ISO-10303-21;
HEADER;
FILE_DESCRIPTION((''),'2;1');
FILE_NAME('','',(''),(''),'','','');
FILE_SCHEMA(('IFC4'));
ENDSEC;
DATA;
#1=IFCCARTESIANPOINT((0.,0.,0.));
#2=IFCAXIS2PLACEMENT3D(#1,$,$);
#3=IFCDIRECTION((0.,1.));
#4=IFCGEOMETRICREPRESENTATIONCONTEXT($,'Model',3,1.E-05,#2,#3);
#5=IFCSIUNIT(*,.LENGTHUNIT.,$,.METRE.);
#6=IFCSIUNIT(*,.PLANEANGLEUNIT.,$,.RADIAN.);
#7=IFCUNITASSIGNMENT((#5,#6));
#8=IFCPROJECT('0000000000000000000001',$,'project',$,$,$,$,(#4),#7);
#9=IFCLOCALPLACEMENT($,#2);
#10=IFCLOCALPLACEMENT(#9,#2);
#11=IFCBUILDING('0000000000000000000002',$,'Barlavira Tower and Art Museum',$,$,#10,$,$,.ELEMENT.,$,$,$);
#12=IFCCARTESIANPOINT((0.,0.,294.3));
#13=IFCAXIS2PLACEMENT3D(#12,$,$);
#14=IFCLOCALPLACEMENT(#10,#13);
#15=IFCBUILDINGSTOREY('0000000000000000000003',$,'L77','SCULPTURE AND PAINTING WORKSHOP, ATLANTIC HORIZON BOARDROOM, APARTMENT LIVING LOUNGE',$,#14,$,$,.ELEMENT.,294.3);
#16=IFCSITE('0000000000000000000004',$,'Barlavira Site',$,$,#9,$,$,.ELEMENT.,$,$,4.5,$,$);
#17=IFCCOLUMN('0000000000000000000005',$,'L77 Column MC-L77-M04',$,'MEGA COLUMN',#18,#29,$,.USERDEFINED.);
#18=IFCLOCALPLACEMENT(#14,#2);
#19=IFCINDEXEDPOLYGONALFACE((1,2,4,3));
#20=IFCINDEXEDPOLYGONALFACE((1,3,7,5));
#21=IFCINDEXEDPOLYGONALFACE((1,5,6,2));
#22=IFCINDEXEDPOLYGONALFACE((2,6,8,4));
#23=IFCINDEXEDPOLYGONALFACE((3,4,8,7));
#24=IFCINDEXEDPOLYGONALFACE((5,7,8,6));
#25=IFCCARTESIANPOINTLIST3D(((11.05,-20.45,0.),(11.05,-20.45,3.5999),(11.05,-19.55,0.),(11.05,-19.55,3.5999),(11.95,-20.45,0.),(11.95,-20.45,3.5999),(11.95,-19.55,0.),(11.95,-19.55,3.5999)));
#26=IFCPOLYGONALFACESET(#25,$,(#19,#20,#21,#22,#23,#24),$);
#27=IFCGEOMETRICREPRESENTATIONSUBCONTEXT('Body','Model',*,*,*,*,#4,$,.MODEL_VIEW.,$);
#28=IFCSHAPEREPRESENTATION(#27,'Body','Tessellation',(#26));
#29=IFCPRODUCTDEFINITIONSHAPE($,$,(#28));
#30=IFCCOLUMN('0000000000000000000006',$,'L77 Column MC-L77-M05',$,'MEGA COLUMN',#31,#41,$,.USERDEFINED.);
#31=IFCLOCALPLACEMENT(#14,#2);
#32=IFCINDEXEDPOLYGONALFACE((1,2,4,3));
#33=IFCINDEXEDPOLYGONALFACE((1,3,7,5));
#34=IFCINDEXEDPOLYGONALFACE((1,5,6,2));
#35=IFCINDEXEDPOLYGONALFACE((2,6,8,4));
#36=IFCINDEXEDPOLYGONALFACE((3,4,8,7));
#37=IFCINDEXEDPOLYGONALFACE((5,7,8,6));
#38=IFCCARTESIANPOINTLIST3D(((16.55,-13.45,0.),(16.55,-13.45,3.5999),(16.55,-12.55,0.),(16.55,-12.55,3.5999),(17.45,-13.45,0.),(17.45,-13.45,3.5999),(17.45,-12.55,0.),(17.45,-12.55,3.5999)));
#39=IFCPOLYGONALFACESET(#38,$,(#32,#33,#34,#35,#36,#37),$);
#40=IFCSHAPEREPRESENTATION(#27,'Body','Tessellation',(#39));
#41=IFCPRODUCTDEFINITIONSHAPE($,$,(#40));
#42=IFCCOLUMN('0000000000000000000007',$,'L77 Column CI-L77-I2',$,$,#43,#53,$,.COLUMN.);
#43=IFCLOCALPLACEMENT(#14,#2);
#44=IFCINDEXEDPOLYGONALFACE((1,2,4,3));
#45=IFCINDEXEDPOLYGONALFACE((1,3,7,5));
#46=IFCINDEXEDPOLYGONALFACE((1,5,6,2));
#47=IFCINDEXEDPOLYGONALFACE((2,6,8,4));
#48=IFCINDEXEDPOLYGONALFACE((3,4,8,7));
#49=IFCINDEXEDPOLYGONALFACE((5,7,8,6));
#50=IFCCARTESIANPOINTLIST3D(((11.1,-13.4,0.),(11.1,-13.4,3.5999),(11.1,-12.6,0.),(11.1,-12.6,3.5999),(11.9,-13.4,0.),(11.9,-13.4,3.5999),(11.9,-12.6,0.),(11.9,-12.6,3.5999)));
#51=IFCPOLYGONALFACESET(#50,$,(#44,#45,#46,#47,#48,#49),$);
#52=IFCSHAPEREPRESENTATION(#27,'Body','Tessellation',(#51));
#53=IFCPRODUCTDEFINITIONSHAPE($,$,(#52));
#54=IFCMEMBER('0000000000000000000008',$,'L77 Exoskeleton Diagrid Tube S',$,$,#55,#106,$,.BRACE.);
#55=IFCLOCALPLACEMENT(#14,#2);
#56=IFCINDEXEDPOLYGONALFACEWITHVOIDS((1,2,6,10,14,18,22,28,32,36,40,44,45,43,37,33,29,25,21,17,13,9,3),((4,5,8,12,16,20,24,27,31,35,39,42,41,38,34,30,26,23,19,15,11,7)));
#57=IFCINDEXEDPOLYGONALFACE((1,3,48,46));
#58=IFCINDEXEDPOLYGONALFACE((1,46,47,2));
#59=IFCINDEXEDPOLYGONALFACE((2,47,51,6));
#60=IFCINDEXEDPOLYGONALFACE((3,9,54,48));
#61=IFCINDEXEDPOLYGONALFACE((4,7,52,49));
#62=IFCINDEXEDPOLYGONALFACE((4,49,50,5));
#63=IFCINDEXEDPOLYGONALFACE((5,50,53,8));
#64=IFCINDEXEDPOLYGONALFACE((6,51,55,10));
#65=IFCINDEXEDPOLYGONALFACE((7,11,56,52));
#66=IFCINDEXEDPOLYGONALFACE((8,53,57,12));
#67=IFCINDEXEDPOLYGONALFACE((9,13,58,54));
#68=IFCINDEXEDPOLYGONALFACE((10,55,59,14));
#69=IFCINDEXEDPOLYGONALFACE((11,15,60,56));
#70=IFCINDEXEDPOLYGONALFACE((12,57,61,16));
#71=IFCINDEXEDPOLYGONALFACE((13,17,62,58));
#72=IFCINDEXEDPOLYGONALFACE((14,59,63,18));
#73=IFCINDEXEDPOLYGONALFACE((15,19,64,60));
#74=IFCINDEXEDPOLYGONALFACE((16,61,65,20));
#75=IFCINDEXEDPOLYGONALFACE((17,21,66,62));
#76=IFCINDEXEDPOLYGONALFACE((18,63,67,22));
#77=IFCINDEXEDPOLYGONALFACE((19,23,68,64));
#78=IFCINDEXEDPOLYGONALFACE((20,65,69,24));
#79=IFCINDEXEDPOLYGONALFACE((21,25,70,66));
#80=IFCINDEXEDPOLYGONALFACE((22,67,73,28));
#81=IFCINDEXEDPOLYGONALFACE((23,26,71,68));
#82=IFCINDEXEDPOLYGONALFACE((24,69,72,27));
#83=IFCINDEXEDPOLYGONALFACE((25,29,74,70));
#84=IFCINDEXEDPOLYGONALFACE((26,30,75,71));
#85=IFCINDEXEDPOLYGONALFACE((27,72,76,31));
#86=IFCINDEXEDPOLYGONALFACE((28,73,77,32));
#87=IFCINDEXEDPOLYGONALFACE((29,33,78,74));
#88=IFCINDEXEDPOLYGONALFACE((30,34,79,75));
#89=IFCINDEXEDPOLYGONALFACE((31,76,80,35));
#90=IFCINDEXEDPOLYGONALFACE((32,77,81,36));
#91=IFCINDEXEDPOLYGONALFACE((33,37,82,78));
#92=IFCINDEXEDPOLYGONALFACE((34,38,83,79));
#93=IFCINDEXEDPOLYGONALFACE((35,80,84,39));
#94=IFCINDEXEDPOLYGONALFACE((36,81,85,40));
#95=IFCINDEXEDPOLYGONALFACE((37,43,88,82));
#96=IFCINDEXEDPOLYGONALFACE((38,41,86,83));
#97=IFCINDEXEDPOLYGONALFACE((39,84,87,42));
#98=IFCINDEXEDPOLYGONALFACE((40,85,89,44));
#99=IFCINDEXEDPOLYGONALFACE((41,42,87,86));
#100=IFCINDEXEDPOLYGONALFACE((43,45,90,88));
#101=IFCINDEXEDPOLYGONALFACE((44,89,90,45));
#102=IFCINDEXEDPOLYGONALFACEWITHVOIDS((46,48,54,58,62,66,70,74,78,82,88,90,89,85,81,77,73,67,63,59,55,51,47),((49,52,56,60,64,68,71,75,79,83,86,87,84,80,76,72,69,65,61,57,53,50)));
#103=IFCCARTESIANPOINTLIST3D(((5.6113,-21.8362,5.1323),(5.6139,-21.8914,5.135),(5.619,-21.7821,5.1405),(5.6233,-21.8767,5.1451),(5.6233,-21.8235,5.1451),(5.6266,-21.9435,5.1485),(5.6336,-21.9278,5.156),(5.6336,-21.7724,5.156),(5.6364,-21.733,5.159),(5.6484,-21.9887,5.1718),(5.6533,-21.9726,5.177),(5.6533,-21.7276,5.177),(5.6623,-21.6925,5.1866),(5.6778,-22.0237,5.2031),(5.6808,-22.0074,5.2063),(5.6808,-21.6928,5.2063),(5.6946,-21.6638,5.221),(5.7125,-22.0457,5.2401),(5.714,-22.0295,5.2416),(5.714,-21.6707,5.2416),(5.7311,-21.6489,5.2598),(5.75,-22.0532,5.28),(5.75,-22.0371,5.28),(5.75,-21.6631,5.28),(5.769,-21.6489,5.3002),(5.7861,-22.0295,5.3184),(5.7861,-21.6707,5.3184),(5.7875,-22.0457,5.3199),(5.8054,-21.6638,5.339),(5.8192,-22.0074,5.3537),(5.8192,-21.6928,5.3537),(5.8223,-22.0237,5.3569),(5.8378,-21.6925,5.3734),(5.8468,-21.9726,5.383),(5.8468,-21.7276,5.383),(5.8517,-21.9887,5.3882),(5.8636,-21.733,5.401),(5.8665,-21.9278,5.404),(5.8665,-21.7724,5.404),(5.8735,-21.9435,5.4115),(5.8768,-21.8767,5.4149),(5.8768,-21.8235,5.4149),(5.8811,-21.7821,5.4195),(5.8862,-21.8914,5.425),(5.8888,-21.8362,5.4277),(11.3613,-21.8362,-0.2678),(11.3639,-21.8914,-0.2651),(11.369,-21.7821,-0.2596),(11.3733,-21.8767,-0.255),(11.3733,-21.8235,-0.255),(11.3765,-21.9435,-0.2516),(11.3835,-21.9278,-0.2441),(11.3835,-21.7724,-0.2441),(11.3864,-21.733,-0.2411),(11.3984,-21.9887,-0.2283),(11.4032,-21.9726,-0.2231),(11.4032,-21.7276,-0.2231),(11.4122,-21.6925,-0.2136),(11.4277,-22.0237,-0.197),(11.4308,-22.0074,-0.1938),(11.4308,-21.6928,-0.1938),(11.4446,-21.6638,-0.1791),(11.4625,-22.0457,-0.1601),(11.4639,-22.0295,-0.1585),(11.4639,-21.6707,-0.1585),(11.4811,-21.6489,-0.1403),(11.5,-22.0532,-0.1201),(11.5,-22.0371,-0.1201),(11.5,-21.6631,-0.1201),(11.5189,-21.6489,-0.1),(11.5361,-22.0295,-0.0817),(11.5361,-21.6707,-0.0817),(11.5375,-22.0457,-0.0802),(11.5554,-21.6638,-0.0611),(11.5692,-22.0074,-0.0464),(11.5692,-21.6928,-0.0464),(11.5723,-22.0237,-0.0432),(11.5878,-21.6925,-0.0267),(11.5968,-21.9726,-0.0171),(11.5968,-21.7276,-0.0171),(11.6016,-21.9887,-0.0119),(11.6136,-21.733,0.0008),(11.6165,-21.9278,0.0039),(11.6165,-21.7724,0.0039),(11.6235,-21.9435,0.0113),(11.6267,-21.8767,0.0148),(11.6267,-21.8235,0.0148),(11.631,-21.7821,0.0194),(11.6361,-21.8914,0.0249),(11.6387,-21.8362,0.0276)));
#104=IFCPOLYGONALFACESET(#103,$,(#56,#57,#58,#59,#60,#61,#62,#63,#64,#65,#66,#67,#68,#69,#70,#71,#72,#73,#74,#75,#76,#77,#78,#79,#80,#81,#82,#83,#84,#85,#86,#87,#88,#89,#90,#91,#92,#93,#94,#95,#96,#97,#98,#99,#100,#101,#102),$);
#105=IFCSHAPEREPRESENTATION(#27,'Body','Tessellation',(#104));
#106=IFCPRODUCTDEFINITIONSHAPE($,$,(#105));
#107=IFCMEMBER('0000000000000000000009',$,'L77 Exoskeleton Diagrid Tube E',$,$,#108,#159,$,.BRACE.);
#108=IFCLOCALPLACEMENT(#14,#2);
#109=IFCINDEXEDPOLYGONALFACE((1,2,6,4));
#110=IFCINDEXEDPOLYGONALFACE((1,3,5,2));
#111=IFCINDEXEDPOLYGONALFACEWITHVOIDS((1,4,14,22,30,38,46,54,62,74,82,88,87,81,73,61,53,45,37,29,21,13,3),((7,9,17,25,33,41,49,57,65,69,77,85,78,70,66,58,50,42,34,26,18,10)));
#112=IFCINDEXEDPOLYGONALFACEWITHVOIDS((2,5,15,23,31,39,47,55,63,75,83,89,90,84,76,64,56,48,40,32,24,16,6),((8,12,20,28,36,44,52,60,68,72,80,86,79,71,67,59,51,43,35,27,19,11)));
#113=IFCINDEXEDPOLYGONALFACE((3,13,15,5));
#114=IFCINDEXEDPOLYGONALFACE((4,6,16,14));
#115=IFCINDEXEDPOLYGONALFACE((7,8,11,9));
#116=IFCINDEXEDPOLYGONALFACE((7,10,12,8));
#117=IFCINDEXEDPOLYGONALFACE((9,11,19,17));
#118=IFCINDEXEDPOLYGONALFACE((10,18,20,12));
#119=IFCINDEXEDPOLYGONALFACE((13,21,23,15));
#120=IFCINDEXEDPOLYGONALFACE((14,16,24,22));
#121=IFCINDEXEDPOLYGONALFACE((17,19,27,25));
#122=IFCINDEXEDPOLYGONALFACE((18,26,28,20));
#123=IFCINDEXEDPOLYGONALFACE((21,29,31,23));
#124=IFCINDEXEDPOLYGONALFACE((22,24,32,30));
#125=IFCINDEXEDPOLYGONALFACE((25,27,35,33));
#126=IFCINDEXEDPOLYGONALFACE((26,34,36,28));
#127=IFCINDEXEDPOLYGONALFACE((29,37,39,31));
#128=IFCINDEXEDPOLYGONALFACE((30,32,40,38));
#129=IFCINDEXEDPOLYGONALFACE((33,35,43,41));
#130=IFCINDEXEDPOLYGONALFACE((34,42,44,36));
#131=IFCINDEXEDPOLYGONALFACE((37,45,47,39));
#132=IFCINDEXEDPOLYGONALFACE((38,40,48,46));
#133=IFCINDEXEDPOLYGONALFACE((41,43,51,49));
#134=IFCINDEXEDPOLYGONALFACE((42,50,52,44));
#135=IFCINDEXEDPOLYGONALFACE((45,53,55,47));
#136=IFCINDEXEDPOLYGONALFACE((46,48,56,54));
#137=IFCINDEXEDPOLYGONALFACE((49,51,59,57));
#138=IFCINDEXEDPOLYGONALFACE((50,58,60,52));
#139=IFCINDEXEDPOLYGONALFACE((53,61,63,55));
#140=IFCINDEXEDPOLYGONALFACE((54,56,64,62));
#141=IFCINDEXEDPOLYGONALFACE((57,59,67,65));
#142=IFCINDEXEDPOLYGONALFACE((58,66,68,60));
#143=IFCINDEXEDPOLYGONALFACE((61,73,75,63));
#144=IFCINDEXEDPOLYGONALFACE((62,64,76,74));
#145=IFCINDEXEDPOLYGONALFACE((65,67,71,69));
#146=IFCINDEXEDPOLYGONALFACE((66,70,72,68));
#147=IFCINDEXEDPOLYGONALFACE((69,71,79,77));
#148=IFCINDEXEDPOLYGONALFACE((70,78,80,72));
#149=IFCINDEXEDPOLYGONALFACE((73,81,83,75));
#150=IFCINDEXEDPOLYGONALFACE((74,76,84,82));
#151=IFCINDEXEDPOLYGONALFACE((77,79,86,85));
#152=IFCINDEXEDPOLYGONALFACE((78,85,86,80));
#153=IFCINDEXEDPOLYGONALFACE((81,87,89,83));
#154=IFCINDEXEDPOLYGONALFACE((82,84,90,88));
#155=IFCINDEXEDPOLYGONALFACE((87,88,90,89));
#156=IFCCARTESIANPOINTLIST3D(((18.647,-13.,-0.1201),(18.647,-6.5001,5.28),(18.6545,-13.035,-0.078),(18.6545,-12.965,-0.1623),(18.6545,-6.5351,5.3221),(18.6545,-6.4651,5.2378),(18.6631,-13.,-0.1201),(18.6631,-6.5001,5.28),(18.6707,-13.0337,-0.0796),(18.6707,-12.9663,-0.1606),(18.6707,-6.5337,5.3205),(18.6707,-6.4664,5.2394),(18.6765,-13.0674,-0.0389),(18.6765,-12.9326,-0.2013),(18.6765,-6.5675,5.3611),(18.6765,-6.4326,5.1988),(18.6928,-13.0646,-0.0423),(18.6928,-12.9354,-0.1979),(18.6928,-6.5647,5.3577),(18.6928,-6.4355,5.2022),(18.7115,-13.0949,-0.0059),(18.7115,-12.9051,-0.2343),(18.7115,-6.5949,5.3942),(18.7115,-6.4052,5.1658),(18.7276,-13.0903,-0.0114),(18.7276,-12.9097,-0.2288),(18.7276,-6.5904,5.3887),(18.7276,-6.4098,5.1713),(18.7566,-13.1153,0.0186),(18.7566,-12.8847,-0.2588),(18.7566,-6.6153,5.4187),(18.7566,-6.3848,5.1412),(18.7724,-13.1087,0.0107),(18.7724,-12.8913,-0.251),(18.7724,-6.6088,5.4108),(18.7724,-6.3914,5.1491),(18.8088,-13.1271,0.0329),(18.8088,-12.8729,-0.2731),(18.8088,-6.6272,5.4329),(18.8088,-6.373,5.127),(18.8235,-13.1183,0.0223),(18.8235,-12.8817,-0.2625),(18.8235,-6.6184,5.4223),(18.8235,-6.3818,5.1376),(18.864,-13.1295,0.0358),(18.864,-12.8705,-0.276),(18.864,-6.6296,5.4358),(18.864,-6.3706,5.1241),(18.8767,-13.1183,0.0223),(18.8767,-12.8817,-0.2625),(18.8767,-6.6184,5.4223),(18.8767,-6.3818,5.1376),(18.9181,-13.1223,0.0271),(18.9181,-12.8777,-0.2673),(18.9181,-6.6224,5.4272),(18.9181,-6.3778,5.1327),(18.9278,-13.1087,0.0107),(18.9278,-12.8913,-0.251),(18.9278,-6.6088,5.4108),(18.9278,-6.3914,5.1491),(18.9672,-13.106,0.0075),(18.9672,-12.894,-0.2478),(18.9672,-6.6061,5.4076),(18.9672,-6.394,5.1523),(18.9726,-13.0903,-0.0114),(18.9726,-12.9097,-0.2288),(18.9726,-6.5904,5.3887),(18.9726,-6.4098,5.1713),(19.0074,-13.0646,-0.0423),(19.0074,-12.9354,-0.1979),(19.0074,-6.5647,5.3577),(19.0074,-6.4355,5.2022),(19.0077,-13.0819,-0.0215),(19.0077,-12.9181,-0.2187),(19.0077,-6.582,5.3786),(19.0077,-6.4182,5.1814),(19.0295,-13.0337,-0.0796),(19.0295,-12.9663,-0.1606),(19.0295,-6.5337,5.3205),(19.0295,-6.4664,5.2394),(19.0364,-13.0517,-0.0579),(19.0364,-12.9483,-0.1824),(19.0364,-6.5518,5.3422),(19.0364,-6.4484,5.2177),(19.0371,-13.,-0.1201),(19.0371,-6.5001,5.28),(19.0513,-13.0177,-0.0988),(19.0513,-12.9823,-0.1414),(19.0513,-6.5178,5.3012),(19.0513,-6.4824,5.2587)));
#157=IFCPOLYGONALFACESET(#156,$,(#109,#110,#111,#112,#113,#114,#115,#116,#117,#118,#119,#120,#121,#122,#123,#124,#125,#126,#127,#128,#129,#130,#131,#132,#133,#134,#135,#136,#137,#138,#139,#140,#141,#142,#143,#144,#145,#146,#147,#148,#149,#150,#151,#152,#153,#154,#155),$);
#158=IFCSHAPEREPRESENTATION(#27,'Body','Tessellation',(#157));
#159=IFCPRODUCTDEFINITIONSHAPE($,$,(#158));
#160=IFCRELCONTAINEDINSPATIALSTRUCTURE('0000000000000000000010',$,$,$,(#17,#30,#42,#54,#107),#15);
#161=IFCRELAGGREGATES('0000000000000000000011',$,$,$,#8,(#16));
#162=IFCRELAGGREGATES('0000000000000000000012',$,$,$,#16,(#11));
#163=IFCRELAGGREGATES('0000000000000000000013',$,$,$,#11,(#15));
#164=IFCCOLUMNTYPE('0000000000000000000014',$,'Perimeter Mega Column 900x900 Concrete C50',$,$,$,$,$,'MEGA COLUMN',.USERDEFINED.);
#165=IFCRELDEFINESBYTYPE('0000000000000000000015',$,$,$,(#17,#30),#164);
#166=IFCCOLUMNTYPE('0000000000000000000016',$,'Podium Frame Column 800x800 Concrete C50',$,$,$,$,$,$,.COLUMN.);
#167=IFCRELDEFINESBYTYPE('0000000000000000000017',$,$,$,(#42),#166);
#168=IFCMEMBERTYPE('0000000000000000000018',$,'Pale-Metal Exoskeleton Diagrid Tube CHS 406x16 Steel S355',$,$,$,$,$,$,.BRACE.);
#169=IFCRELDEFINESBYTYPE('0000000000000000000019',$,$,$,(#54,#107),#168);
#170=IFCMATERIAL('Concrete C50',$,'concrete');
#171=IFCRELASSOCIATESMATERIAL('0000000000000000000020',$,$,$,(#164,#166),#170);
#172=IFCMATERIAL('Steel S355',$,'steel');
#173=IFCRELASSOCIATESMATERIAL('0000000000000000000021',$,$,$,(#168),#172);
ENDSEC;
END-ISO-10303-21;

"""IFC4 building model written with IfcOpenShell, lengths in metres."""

from ifc_helpers import new_model, si_unit, direction, frame, origin, origin_2d, place, context, subcontext, project, spatial, rectangle, hollow_circle, extrude, material, material_profile, profile_set, type_object, element, save


model = new_model("IFC4")

# Units and contexts
model_context = context("Model", 3, precision=1e-05, world=origin(), true_north=direction((0.0, 1.0)))
body_context = subcontext(model_context, "Body", "Model", "MODEL_VIEW")
ifc_project = project(units=[si_unit("LENGTHUNIT", "METRE"), si_unit("PLANEANGLEUNIT", "RADIAN")], contexts=[model_context])

# Site, building, storey
site_placement = place(None, origin())
site = spatial("IfcSite", under=ifc_project, at=site_placement, Name="Barlavira Site", CompositionType="ELEMENT", RefElevation=4.5)
building_placement = place(site_placement, origin())
building = spatial("IfcBuilding", under=site, at=building_placement, Name="Barlavira Tower and Art Museum", CompositionType="ELEMENT")
storey_placement = place(building_placement, frame((0.0, 0.0, 294.3)))
storey = spatial("IfcBuildingStorey", under=building, at=storey_placement, Name="L77", Description="SCULPTURE AND PAINTING WORKSHOP, ATLANTIC HORIZON BOARDROOM, APARTMENT LIVING LOUNGE", CompositionType="ELEMENT", Elevation=294.3)

# Columns
ifc_material_1 = material(Name="Concrete C50", Category="concrete")
ifc_material_profile_1 = material_profile(ifc_material_1, rectangle(XDim=0.8999, YDim=0.8999, at=origin_2d()), Name="RC-COL 900x900")
ifc_profile_set_1 = profile_set([ifc_material_profile_1], Name="Concrete C50")
column_type_1 = type_object("IfcColumnType", Name="Perimeter Mega Column 900x900 Concrete C50", ElementType="MEGA COLUMN", PredefinedType="USERDEFINED", material=ifc_profile_set_1)
for number, where, z_axis, x_axis, name in (
    (1, (11.5, -20.0, 0.0), (0.0, 0.0, 1.0), (1.0, 0.0, 0.0), "L77 Column MC-L77-M04"),
    (2, (17.0, -13.0, 0.0), (0.0, 0.0, 1.0), (1.0, 0.0, 0.0), "L77 Column MC-L77-M05"),
):
    element("IfcColumn", number, at=place(storey_placement, frame(where, z_axis=z_axis, x_axis=x_axis)), inside=storey, type_object=column_type_1, Name=name, ObjectType="MEGA COLUMN", PredefinedType="USERDEFINED", context=body_context, shape_type="SweptSolid", body=[
        extrude(rectangle(XDim=0.8999, YDim=0.8999, at=origin_2d()), origin(), (0.0, 0.0, 1.0), 3.5999),
    ])
ifc_material_profile_2 = material_profile(ifc_material_1, rectangle(XDim=0.8, YDim=0.8, at=origin_2d()), Name="RC-COL 800x800")
ifc_profile_set_2 = profile_set([ifc_material_profile_2], Name="Concrete C50")
column_type_2 = type_object("IfcColumnType", Name="Podium Frame Column 800x800 Concrete C50", PredefinedType="COLUMN", material=ifc_profile_set_2)
column_placement = place(storey_placement, frame((11.5, -13.0, 0.0), z_axis=(0.0, 0.0, 1.0), x_axis=(1.0, 0.0, 0.0)))
element("IfcColumn", 3, at=column_placement, inside=storey, type_object=column_type_2, Name="L77 Column CI-L77-I2", PredefinedType="COLUMN", context=body_context, shape_type="SweptSolid", body=[
    extrude(rectangle(XDim=0.8, YDim=0.8, at=origin_2d()), origin(), (0.0, 0.0, 1.0), 3.5999),
])

# Members
ifc_material_2 = material(Name="Steel S355", Category="steel")
ifc_material_profile_3 = material_profile(ifc_material_2, hollow_circle(Radius=0.2031, WallThickness=0.0161, at=origin_2d()), Name="CHS 406.4x16.0")
ifc_profile_set_3 = profile_set([ifc_material_profile_3], Name="Steel S355")
member_type_1 = type_object("IfcMemberType", Name="Pale-Metal Exoskeleton Diagrid Tube CHS 406x16 Steel S355", PredefinedType="BRACE", material=ifc_profile_set_3)
member_1_placement = place(storey_placement, frame((11.5, -21.8501, -0.1201), z_axis=(-0.728935, 0.0, 0.684583), x_axis=(0.0, -1.0, 0.0)))
element("IfcMember", 4, at=member_1_placement, inside=storey, type_object=member_type_1, Name="L77 Exoskeleton Diagrid Tube S", PredefinedType="BRACE", context=body_context, shape_type="SweptSolid", body=[
    extrude(hollow_circle(Radius=0.2031, WallThickness=0.0161, at=origin_2d()), origin(), (0.0, 0.0, 1.0), 7.8882),
])
member_2_placement = place(storey_placement, frame((18.8501, -13.0, -0.1201), z_axis=(0.0, 0.769182, 0.63903), x_axis=(-1.0, 0.0, 0.0)))
element("IfcMember", 5, at=member_2_placement, inside=storey, type_object=member_type_1, Name="L77 Exoskeleton Diagrid Tube E", PredefinedType="BRACE", context=body_context, shape_type="SweptSolid", body=[
    extrude(hollow_circle(Radius=0.2031, WallThickness=0.0161, at=origin_2d()), origin(), (0.0, 0.0, 1.0), 8.4504),
])

save(model, "model.ifc")
